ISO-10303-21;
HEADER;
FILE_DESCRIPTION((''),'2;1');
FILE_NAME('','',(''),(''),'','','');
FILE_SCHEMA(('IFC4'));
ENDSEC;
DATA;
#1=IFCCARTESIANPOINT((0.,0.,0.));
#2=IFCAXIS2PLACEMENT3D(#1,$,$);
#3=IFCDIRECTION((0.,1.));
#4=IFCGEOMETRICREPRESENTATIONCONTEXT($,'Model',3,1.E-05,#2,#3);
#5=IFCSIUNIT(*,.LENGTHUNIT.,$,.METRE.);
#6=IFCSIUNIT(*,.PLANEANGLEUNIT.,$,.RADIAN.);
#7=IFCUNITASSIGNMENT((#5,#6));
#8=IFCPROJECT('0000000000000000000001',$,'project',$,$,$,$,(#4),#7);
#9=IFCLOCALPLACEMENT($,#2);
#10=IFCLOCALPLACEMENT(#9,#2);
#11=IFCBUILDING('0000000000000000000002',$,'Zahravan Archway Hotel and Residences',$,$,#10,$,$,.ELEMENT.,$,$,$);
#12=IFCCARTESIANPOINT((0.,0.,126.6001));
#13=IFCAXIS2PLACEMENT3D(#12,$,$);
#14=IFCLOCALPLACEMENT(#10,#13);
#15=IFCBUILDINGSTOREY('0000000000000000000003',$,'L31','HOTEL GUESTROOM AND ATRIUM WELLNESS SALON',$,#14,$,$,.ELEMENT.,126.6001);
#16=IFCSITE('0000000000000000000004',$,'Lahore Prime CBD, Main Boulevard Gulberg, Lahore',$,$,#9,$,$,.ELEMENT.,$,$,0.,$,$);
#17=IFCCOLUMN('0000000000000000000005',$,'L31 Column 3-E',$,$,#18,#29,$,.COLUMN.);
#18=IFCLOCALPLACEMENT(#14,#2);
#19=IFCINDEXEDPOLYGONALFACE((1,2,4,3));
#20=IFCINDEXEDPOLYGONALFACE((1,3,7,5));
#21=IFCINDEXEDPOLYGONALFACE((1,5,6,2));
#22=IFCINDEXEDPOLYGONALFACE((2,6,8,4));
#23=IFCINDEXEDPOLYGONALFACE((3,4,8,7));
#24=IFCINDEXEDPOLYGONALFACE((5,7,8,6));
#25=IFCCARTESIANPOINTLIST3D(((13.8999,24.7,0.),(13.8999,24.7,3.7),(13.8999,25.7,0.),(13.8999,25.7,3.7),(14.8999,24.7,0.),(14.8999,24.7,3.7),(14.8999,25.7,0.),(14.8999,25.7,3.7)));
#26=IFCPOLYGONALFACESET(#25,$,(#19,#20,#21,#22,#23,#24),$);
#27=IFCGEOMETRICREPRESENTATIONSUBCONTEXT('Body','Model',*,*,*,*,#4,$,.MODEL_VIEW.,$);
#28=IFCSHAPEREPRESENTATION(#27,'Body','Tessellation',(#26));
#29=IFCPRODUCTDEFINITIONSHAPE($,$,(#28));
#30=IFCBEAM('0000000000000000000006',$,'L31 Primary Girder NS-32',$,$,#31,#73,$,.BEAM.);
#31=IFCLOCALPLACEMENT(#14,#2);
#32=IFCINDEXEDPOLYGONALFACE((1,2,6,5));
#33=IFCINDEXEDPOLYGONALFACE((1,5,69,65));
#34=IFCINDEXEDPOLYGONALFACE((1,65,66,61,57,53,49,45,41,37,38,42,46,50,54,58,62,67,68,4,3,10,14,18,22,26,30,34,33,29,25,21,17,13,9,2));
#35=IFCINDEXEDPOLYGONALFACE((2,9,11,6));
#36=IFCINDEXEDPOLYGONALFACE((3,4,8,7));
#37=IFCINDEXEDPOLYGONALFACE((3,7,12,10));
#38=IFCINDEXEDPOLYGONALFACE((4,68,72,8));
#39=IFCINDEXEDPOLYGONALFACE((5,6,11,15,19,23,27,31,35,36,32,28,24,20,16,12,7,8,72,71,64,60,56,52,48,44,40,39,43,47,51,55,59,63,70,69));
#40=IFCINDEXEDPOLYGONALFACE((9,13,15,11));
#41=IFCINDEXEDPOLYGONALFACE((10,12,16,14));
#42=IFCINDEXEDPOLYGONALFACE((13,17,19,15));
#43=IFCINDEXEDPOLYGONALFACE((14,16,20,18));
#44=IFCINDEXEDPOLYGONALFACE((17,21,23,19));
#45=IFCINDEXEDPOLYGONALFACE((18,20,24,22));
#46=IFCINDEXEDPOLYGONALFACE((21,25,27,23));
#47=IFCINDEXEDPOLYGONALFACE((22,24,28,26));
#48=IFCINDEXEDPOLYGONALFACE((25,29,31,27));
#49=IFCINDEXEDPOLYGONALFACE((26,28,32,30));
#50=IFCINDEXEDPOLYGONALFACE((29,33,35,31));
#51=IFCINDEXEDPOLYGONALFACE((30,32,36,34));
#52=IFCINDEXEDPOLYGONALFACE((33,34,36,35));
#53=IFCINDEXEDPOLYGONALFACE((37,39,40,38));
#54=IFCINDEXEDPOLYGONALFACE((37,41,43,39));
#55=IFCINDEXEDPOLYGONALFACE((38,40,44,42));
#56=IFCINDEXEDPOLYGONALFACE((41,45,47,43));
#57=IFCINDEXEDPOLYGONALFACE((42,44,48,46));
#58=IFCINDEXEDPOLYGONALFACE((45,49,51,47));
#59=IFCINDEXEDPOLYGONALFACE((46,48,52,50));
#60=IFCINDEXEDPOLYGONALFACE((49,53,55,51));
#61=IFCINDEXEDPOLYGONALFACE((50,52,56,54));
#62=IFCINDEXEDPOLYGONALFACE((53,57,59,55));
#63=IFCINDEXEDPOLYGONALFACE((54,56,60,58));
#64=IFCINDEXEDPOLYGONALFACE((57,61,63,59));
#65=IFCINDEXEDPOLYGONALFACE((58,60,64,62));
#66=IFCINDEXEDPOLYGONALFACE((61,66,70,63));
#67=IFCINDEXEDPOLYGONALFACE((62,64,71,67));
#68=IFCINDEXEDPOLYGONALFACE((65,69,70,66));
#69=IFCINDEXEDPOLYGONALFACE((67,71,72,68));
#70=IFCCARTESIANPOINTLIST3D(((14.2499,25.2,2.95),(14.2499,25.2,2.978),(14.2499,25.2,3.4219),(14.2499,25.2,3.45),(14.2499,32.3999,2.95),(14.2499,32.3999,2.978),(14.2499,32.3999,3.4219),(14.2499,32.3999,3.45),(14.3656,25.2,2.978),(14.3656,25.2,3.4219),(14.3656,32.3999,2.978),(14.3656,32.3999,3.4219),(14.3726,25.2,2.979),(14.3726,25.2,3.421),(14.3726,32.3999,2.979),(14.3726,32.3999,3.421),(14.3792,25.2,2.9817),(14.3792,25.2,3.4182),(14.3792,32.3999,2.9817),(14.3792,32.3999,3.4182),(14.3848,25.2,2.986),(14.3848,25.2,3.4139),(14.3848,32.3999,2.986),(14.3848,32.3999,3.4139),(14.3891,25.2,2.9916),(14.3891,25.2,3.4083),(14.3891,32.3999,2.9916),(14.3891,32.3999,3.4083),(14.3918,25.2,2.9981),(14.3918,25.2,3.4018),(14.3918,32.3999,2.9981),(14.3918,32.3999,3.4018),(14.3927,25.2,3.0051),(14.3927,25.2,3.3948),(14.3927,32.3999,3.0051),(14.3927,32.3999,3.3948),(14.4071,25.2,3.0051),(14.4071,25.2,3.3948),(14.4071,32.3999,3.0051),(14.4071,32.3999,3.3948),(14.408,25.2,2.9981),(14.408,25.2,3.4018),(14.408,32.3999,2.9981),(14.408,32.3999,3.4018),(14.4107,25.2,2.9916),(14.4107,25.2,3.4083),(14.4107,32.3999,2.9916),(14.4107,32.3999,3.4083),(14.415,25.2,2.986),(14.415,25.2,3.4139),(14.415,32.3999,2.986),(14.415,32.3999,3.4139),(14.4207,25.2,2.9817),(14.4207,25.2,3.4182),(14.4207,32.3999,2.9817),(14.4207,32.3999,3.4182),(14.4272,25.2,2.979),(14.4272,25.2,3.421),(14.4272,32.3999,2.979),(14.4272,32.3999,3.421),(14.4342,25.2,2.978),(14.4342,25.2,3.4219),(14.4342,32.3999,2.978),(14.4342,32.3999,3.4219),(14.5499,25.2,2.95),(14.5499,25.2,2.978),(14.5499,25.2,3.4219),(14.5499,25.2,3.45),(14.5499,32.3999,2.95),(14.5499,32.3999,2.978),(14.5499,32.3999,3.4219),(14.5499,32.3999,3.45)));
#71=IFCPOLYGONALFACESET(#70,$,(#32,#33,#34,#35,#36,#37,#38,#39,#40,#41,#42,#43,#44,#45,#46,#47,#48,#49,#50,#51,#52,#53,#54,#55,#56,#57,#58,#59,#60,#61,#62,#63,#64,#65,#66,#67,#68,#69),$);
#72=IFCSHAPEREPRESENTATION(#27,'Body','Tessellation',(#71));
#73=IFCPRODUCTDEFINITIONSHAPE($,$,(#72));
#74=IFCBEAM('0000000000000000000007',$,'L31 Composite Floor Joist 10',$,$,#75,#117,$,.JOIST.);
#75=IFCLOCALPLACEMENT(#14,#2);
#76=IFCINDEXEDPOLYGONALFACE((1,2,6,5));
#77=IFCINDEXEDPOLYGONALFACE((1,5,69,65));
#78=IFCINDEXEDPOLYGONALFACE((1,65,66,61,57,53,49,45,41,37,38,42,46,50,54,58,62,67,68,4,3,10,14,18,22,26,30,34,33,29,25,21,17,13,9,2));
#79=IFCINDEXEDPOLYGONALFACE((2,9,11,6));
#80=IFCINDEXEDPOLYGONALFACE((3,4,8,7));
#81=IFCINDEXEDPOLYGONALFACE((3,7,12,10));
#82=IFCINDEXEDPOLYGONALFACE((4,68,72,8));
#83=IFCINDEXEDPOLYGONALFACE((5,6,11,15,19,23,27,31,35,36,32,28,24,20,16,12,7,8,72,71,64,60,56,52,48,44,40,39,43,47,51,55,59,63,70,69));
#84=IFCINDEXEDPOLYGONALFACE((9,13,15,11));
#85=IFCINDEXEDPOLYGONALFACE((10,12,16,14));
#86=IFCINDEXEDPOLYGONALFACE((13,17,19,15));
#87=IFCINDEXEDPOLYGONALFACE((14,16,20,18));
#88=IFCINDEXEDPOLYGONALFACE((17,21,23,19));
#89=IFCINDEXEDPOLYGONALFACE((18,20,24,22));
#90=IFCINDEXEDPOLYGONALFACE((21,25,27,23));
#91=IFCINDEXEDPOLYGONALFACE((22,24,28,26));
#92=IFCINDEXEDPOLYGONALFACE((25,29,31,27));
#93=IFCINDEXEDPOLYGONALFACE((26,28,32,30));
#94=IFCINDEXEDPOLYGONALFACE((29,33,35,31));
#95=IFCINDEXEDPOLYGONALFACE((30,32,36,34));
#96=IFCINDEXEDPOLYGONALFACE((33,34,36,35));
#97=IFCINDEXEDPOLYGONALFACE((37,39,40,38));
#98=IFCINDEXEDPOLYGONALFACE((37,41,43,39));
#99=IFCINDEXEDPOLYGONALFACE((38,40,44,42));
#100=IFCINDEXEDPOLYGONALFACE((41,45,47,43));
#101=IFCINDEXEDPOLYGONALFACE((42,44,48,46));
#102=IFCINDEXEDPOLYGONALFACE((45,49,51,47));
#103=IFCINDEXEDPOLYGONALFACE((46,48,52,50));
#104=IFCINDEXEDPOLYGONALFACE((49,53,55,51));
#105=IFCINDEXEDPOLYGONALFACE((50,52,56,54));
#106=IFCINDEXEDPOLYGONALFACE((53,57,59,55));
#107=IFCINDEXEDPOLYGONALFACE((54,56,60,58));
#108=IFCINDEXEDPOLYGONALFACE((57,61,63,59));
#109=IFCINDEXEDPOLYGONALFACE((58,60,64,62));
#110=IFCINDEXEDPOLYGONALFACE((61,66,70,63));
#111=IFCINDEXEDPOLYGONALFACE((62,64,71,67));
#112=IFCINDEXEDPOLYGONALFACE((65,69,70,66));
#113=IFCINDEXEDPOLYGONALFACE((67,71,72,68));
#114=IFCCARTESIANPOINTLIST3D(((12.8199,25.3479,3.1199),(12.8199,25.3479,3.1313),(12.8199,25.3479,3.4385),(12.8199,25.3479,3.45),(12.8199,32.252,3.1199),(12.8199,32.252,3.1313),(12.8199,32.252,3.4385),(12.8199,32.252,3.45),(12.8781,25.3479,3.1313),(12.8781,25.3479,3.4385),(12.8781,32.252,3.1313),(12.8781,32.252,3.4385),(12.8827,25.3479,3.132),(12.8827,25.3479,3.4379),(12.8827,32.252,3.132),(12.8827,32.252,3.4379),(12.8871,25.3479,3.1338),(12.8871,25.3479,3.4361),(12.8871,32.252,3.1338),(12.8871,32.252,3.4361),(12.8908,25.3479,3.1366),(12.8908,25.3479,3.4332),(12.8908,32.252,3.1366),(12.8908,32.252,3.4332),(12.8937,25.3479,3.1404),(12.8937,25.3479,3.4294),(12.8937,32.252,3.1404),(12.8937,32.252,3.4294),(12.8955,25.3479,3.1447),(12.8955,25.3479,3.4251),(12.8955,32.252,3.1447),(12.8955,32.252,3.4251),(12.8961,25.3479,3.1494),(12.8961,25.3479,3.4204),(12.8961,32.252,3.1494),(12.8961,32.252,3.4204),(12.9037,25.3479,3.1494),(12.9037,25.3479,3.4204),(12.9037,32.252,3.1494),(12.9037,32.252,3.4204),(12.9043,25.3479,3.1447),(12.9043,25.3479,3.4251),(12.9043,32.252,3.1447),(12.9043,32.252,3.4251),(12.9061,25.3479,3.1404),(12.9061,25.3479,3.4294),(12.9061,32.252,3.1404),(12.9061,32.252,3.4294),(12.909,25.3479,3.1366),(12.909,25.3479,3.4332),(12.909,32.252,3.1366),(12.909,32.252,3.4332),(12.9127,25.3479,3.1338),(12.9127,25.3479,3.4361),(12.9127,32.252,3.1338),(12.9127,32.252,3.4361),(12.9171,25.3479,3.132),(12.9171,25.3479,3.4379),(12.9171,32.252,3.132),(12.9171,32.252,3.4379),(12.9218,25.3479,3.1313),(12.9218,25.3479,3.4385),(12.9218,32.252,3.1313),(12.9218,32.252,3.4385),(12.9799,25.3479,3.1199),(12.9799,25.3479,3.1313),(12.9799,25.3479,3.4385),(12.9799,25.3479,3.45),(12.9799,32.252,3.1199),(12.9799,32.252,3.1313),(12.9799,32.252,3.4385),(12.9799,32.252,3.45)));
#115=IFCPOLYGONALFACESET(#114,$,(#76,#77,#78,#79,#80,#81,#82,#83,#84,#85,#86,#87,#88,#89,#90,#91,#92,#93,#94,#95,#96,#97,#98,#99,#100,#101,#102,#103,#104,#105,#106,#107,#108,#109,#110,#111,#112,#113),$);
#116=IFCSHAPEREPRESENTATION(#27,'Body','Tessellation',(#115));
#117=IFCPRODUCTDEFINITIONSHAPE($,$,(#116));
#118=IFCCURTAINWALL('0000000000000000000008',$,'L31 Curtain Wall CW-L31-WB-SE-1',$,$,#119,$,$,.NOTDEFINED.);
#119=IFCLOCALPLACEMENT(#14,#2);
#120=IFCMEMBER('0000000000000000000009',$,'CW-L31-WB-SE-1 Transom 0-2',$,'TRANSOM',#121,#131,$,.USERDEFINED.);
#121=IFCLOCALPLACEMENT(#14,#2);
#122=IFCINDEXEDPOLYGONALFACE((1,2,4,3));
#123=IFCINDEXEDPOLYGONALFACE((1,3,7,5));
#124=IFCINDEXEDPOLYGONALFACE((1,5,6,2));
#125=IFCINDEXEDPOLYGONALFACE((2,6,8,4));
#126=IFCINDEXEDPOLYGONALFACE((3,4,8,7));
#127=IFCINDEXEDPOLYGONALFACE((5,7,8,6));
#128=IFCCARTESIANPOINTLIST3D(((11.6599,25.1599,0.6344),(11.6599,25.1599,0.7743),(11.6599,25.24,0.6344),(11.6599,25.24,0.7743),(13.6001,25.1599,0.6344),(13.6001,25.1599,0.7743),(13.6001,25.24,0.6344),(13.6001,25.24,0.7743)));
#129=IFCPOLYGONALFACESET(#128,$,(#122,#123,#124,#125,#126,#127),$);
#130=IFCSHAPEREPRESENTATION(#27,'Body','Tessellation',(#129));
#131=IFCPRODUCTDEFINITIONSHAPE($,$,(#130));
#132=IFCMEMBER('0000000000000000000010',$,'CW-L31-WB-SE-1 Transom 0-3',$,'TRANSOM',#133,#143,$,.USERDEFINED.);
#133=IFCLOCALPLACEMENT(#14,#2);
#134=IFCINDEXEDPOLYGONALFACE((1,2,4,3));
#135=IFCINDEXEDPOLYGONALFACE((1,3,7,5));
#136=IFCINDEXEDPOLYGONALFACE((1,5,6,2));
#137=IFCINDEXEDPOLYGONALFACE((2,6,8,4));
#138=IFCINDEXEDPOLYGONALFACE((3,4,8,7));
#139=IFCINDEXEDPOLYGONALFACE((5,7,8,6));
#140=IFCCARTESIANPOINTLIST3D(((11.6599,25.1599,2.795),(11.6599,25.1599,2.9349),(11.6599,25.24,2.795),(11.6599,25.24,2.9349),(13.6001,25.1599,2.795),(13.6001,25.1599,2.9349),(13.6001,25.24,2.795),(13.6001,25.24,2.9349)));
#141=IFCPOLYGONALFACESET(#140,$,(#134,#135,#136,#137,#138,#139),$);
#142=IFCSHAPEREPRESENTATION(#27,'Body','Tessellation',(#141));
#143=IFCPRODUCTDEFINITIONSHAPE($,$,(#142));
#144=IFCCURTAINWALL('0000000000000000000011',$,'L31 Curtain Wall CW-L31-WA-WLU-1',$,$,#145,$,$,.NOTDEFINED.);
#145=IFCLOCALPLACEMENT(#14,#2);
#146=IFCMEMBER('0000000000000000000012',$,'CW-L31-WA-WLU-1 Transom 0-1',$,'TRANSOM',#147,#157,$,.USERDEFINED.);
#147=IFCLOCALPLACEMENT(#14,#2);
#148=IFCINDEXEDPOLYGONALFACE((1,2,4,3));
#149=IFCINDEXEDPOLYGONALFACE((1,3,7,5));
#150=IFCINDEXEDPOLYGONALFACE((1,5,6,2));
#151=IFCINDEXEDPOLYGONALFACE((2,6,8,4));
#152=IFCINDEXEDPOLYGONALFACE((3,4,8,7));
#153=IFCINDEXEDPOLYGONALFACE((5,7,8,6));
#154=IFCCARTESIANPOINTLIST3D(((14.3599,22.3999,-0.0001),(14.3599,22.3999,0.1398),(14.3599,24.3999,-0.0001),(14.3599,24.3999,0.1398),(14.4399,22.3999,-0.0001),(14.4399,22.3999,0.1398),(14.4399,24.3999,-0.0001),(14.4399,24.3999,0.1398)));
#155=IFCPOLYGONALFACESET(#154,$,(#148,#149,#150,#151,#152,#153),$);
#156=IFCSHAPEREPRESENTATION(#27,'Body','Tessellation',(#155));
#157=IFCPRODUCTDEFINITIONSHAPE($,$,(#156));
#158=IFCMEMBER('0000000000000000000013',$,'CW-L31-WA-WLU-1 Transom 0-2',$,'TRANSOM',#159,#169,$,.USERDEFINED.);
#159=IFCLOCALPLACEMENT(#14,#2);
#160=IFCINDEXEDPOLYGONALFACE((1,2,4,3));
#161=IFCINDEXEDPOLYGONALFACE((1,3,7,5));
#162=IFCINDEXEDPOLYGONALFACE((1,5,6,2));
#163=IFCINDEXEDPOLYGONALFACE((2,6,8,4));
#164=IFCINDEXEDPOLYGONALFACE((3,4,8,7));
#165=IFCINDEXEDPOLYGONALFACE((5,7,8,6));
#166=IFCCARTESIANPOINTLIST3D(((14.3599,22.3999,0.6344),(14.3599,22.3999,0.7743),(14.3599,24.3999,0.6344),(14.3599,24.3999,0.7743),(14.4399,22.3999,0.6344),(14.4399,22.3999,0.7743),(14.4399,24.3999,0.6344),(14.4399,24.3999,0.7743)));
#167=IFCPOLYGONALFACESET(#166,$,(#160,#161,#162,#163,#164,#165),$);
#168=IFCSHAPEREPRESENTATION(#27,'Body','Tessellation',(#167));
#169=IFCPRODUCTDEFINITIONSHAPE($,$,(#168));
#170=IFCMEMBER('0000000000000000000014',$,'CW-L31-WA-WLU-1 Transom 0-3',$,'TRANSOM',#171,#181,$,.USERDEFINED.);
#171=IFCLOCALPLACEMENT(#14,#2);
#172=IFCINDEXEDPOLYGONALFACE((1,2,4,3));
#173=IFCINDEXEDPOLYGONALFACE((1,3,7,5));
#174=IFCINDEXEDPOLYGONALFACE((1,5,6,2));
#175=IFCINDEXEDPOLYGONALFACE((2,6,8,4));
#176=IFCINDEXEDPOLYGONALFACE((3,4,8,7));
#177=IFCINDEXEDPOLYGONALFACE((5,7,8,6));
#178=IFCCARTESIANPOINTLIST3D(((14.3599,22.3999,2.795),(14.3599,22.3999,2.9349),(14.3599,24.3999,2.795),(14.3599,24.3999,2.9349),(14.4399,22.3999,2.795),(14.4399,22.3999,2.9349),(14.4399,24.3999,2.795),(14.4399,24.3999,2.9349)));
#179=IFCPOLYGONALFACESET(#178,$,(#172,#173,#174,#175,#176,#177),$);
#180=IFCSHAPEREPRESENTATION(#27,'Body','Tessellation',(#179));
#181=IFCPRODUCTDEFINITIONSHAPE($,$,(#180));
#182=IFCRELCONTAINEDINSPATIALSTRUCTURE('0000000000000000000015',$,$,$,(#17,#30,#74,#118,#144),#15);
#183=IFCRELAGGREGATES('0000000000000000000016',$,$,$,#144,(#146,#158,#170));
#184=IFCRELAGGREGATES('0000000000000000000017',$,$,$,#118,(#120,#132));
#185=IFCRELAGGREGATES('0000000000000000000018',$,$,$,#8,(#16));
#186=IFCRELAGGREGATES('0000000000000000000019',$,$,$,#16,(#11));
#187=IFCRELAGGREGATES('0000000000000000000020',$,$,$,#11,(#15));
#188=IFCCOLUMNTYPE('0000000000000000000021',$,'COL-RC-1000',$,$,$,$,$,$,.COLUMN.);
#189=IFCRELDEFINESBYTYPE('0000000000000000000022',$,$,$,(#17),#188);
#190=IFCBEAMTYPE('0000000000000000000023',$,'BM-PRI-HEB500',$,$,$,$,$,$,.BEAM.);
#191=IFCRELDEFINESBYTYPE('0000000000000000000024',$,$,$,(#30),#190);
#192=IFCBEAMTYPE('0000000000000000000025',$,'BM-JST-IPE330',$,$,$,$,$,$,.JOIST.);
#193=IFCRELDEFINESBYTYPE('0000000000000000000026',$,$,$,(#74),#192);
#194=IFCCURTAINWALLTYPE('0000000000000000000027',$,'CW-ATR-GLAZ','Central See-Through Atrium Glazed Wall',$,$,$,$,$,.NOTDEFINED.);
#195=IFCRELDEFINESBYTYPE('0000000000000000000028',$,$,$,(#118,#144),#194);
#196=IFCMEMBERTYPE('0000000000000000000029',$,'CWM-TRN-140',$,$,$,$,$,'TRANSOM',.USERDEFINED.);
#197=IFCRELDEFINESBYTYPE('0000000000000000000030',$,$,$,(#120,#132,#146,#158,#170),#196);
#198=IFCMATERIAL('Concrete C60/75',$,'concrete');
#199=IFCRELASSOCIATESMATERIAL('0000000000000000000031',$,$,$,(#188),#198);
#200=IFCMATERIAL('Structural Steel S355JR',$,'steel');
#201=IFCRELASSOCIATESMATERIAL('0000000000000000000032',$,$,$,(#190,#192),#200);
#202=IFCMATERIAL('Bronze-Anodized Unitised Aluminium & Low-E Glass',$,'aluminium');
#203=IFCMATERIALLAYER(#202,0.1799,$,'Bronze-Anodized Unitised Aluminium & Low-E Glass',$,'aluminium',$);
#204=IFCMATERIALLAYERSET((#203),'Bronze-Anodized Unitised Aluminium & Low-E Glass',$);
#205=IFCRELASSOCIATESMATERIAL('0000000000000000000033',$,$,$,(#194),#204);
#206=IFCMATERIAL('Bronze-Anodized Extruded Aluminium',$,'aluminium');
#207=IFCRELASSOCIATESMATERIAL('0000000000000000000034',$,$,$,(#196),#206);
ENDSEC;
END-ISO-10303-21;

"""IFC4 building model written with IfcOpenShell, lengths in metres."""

from ifc_helpers import new_model, si_unit, direction, frame, origin, origin_2d, place, context, subcontext, project, spatial, rectangle, i_section, extrude, source, transform, mapped, material, layer, layer_set, material_profile, profile_set, type_object, type_shapes, element, aggregate, save


model = new_model("IFC4")

# Units and contexts
model_context = context("Model", 3, precision=1e-05, world=origin(), true_north=direction((0.0, 1.0)))
body_context = subcontext(model_context, "Body", "Model", "MODEL_VIEW")
ifc_project = project(units=[si_unit("LENGTHUNIT", "METRE"), si_unit("PLANEANGLEUNIT", "RADIAN")], contexts=[model_context])

# Site, building, storey
site_placement = place(None, origin())
site = spatial("IfcSite", under=ifc_project, at=site_placement, Name="Lahore Prime CBD, Main Boulevard Gulberg, Lahore", CompositionType="ELEMENT", RefElevation=0.0)
building_placement = place(site_placement, origin())
building = spatial("IfcBuilding", under=site, at=building_placement, Name="Zahravan Archway Hotel and Residences", CompositionType="ELEMENT")
storey_placement = place(building_placement, frame((0.0, 0.0, 126.6001)))
storey = spatial("IfcBuildingStorey", under=building, at=storey_placement, Name="L31", Description="HOTEL GUESTROOM AND ATRIUM WELLNESS SALON", CompositionType="ELEMENT", Elevation=126.6001)

# Column
ifc_material_1 = material(Name="Concrete C60/75", Category="concrete")
ifc_material_profile_1 = material_profile(ifc_material_1, rectangle(XDim=1.0, YDim=1.0, at=origin_2d()), Name="RC-COL-1000x1000", Category="concrete")
ifc_profile_set_1 = profile_set([ifc_material_profile_1], Name="Concrete C60/75")
column_type = type_object("IfcColumnType", Name="COL-RC-1000", PredefinedType="COLUMN", material=ifc_profile_set_1)
shared_shape_1 = source(origin(), body_context, "Body", "SweptSolid", [
    extrude(rectangle(XDim=1.0, YDim=1.0, at=origin_2d()), origin(), (0.0, 0.0, 1.0), 3.7),
])
type_shapes(column_type, [shared_shape_1])
column_placement = place(storey_placement, frame((14.3999, 25.2, 0.0), z_axis=(0.0, 0.0, 1.0), x_axis=(1.0, 0.0, 0.0)))
element("IfcColumn", 1, at=column_placement, inside=storey, type_object=column_type, Name="L31 Column 3-E", PredefinedType="COLUMN", context=body_context, shape_type="MappedRepresentation", body=[
    mapped(shared_shape_1, transform((0.0, 0.0, 0.0), scale=1.0)),
])

# Beams
ifc_material_2 = material(Name="Structural Steel S355JR", Category="steel")
ifc_material_profile_2 = material_profile(ifc_material_2, i_section(OverallWidth=0.3, OverallDepth=0.5, WebThickness=0.0144, FlangeThickness=0.0281, FilletRadius=0.0271, at=origin_2d()), Name="HEB 500", Category="steel")
ifc_profile_set_2 = profile_set([ifc_material_profile_2], Name="Structural Steel S355JR")
beam_type_1 = type_object("IfcBeamType", Name="BM-PRI-HEB500", PredefinedType="BEAM", material=ifc_profile_set_2)
shared_shape_2 = source(origin(), body_context, "Body", "SweptSolid", [
    extrude(i_section(OverallWidth=0.3, OverallDepth=0.5, WebThickness=0.0144, FlangeThickness=0.0281, FilletRadius=0.0271, at=origin_2d()), origin(), (0.0, 0.0, 1.0), 7.2),
])
beam_1_placement = place(storey_placement, frame((14.3999, 25.2, 3.2), z_axis=(0.0, 1.0, 0.0), x_axis=(-1.0, 0.0, 0.0)))
element("IfcBeam", 2, at=beam_1_placement, inside=storey, type_object=beam_type_1, Name="L31 Primary Girder NS-32", PredefinedType="BEAM", context=body_context, shape_type="MappedRepresentation", body=[
    mapped(shared_shape_2, transform((0.0, 0.0, 0.0), scale=1.0)),
])
ifc_material_profile_3 = material_profile(ifc_material_2, i_section(OverallWidth=0.1599, OverallDepth=0.3301, WebThickness=0.0076, FlangeThickness=0.0115, FilletRadius=0.0181, at=origin_2d()), Name="IPE 330", Category="steel")
ifc_profile_set_3 = profile_set([ifc_material_profile_3], Name="Structural Steel S355JR")
beam_type_2 = type_object("IfcBeamType", Name="BM-JST-IPE330", PredefinedType="JOIST", material=ifc_profile_set_3)
shared_shape_3 = source(origin(), body_context, "Body", "SweptSolid", [
    extrude(i_section(OverallWidth=0.1599, OverallDepth=0.3301, WebThickness=0.0076, FlangeThickness=0.0115, FilletRadius=0.0181, at=origin_2d()), origin(), (0.0, 0.0, 1.0), 6.9041),
])
type_shapes(beam_type_2, [shared_shape_3])
beam_2_placement = place(storey_placement, frame((12.8999, 25.3479, 3.2849), z_axis=(0.0, 1.0, 0.0), x_axis=(-1.0, 0.0, 0.0)))
element("IfcBeam", 3, at=beam_2_placement, inside=storey, type_object=beam_type_2, Name="L31 Composite Floor Joist 10", PredefinedType="JOIST", context=body_context, shape_type="MappedRepresentation", body=[
    mapped(shared_shape_3, transform((0.0, 0.0, 0.0), scale=1.0)),
])

# Curtain walls, members
ifc_material_3 = material(Name="Bronze-Anodized Unitised Aluminium & Low-E Glass", Category="aluminium")
ifc_layer_1 = layer(ifc_material_3, 0.1799, Name="Bronze-Anodized Unitised Aluminium & Low-E Glass", Category="aluminium")
ifc_layer_set_1 = layer_set([ifc_layer_1], Name="Bronze-Anodized Unitised Aluminium & Low-E Glass")
curtain_wall_type = type_object("IfcCurtainWallType", Name="CW-ATR-GLAZ", Description="Central See-Through Atrium Glazed Wall", PredefinedType="NOTDEFINED", material=ifc_layer_set_1)
curtain_wall_1_placement = place(storey_placement, origin())
curtain_wall_1 = element("IfcCurtainWall", 4, at=curtain_wall_1_placement, inside=storey, type_object=curtain_wall_type, Name="L31 Curtain Wall CW-L31-WB-SE-1", PredefinedType="NOTDEFINED")
ifc_material_4 = material(Name="Bronze-Anodized Extruded Aluminium", Category="aluminium")
ifc_material_profile_4 = material_profile(ifc_material_4, rectangle(XDim=0.0801, YDim=0.1399, at=origin_2d()), Name="TRN 80x140", Category="aluminium")
ifc_profile_set_4 = profile_set([ifc_material_profile_4], Name="Bronze-Anodized Extruded Aluminium")
member_type_1 = type_object("IfcMemberType", Name="CWM-TRN-140", ElementType="TRANSOM", PredefinedType="USERDEFINED", material=ifc_profile_set_4)
shared_shape_4 = source(origin(), body_context, "Body", "SweptSolid", [
    extrude(rectangle(XDim=0.0801, YDim=0.1399, at=origin_2d()), origin(), (0.0, 0.0, 1.0), 1.9402),
])
member_1_placement = place(storey_placement, frame((11.6599, 25.2, 0.7043), z_axis=(1.0, 0.0, 0.0), x_axis=(0.0, 1.0, 0.0)))
member_1 = element("IfcMember", 5, at=member_1_placement, type_object=member_type_1, Name="CW-L31-WB-SE-1 Transom 0-2", ObjectType="TRANSOM", PredefinedType="USERDEFINED", context=body_context, shape_type="MappedRepresentation", body=[
    mapped(shared_shape_4, transform((0.0, 0.0, 0.0), scale=1.0)),
])
member_2_placement = place(storey_placement, frame((11.6599, 25.2, 2.865), z_axis=(1.0, 0.0, 0.0), x_axis=(0.0, 1.0, 0.0)))
member_2 = element("IfcMember", 6, at=member_2_placement, type_object=member_type_1, Name="CW-L31-WB-SE-1 Transom 0-3", ObjectType="TRANSOM", PredefinedType="USERDEFINED", context=body_context, shape_type="MappedRepresentation", body=[
    mapped(shared_shape_4, transform((0.0, 0.0, 0.0), scale=1.0)),
])
curtain_wall_2_placement = place(storey_placement, origin())
curtain_wall_2 = element("IfcCurtainWall", 7, at=curtain_wall_2_placement, inside=storey, type_object=curtain_wall_type, Name="L31 Curtain Wall CW-L31-WA-WLU-1", PredefinedType="NOTDEFINED")
shared_shape_5 = source(origin(), body_context, "Body", "SweptSolid", [
    extrude(rectangle(XDim=0.0801, YDim=0.1399, at=origin_2d()), origin(), (0.0, 0.0, 1.0), 2.0),
])
member_3_placement = place(storey_placement, frame((14.3999, 22.3999, 0.0698), z_axis=(0.0, 1.0, 0.0), x_axis=(-1.0, 0.0, 0.0)))
member_3 = element("IfcMember", 8, at=member_3_placement, type_object=member_type_1, Name="CW-L31-WA-WLU-1 Transom 0-1", ObjectType="TRANSOM", PredefinedType="USERDEFINED", context=body_context, shape_type="MappedRepresentation", body=[
    mapped(shared_shape_5, transform((0.0, 0.0, 0.0), scale=1.0)),
])
member_4_placement = place(storey_placement, frame((14.3999, 22.3999, 0.7043), z_axis=(0.0, 1.0, 0.0), x_axis=(-1.0, 0.0, 0.0)))
member_4 = element("IfcMember", 9, at=member_4_placement, type_object=member_type_1, Name="CW-L31-WA-WLU-1 Transom 0-2", ObjectType="TRANSOM", PredefinedType="USERDEFINED", context=body_context, shape_type="MappedRepresentation", body=[
    mapped(shared_shape_5, transform((0.0, 0.0, 0.0), scale=1.0)),
])
member_5_placement = place(storey_placement, frame((14.3999, 22.3999, 2.865), z_axis=(0.0, 1.0, 0.0), x_axis=(-1.0, 0.0, 0.0)))
member_5 = element("IfcMember", 10, at=member_5_placement, type_object=member_type_1, Name="CW-L31-WA-WLU-1 Transom 0-3", ObjectType="TRANSOM", PredefinedType="USERDEFINED", context=body_context, shape_type="MappedRepresentation", body=[
    mapped(shared_shape_5, transform((0.0, 0.0, 0.0), scale=1.0)),
])

aggregate(curtain_wall_2, [member_3, member_4, member_5])
aggregate(curtain_wall_1, [member_1, member_2])

save(model, "model.ifc")
